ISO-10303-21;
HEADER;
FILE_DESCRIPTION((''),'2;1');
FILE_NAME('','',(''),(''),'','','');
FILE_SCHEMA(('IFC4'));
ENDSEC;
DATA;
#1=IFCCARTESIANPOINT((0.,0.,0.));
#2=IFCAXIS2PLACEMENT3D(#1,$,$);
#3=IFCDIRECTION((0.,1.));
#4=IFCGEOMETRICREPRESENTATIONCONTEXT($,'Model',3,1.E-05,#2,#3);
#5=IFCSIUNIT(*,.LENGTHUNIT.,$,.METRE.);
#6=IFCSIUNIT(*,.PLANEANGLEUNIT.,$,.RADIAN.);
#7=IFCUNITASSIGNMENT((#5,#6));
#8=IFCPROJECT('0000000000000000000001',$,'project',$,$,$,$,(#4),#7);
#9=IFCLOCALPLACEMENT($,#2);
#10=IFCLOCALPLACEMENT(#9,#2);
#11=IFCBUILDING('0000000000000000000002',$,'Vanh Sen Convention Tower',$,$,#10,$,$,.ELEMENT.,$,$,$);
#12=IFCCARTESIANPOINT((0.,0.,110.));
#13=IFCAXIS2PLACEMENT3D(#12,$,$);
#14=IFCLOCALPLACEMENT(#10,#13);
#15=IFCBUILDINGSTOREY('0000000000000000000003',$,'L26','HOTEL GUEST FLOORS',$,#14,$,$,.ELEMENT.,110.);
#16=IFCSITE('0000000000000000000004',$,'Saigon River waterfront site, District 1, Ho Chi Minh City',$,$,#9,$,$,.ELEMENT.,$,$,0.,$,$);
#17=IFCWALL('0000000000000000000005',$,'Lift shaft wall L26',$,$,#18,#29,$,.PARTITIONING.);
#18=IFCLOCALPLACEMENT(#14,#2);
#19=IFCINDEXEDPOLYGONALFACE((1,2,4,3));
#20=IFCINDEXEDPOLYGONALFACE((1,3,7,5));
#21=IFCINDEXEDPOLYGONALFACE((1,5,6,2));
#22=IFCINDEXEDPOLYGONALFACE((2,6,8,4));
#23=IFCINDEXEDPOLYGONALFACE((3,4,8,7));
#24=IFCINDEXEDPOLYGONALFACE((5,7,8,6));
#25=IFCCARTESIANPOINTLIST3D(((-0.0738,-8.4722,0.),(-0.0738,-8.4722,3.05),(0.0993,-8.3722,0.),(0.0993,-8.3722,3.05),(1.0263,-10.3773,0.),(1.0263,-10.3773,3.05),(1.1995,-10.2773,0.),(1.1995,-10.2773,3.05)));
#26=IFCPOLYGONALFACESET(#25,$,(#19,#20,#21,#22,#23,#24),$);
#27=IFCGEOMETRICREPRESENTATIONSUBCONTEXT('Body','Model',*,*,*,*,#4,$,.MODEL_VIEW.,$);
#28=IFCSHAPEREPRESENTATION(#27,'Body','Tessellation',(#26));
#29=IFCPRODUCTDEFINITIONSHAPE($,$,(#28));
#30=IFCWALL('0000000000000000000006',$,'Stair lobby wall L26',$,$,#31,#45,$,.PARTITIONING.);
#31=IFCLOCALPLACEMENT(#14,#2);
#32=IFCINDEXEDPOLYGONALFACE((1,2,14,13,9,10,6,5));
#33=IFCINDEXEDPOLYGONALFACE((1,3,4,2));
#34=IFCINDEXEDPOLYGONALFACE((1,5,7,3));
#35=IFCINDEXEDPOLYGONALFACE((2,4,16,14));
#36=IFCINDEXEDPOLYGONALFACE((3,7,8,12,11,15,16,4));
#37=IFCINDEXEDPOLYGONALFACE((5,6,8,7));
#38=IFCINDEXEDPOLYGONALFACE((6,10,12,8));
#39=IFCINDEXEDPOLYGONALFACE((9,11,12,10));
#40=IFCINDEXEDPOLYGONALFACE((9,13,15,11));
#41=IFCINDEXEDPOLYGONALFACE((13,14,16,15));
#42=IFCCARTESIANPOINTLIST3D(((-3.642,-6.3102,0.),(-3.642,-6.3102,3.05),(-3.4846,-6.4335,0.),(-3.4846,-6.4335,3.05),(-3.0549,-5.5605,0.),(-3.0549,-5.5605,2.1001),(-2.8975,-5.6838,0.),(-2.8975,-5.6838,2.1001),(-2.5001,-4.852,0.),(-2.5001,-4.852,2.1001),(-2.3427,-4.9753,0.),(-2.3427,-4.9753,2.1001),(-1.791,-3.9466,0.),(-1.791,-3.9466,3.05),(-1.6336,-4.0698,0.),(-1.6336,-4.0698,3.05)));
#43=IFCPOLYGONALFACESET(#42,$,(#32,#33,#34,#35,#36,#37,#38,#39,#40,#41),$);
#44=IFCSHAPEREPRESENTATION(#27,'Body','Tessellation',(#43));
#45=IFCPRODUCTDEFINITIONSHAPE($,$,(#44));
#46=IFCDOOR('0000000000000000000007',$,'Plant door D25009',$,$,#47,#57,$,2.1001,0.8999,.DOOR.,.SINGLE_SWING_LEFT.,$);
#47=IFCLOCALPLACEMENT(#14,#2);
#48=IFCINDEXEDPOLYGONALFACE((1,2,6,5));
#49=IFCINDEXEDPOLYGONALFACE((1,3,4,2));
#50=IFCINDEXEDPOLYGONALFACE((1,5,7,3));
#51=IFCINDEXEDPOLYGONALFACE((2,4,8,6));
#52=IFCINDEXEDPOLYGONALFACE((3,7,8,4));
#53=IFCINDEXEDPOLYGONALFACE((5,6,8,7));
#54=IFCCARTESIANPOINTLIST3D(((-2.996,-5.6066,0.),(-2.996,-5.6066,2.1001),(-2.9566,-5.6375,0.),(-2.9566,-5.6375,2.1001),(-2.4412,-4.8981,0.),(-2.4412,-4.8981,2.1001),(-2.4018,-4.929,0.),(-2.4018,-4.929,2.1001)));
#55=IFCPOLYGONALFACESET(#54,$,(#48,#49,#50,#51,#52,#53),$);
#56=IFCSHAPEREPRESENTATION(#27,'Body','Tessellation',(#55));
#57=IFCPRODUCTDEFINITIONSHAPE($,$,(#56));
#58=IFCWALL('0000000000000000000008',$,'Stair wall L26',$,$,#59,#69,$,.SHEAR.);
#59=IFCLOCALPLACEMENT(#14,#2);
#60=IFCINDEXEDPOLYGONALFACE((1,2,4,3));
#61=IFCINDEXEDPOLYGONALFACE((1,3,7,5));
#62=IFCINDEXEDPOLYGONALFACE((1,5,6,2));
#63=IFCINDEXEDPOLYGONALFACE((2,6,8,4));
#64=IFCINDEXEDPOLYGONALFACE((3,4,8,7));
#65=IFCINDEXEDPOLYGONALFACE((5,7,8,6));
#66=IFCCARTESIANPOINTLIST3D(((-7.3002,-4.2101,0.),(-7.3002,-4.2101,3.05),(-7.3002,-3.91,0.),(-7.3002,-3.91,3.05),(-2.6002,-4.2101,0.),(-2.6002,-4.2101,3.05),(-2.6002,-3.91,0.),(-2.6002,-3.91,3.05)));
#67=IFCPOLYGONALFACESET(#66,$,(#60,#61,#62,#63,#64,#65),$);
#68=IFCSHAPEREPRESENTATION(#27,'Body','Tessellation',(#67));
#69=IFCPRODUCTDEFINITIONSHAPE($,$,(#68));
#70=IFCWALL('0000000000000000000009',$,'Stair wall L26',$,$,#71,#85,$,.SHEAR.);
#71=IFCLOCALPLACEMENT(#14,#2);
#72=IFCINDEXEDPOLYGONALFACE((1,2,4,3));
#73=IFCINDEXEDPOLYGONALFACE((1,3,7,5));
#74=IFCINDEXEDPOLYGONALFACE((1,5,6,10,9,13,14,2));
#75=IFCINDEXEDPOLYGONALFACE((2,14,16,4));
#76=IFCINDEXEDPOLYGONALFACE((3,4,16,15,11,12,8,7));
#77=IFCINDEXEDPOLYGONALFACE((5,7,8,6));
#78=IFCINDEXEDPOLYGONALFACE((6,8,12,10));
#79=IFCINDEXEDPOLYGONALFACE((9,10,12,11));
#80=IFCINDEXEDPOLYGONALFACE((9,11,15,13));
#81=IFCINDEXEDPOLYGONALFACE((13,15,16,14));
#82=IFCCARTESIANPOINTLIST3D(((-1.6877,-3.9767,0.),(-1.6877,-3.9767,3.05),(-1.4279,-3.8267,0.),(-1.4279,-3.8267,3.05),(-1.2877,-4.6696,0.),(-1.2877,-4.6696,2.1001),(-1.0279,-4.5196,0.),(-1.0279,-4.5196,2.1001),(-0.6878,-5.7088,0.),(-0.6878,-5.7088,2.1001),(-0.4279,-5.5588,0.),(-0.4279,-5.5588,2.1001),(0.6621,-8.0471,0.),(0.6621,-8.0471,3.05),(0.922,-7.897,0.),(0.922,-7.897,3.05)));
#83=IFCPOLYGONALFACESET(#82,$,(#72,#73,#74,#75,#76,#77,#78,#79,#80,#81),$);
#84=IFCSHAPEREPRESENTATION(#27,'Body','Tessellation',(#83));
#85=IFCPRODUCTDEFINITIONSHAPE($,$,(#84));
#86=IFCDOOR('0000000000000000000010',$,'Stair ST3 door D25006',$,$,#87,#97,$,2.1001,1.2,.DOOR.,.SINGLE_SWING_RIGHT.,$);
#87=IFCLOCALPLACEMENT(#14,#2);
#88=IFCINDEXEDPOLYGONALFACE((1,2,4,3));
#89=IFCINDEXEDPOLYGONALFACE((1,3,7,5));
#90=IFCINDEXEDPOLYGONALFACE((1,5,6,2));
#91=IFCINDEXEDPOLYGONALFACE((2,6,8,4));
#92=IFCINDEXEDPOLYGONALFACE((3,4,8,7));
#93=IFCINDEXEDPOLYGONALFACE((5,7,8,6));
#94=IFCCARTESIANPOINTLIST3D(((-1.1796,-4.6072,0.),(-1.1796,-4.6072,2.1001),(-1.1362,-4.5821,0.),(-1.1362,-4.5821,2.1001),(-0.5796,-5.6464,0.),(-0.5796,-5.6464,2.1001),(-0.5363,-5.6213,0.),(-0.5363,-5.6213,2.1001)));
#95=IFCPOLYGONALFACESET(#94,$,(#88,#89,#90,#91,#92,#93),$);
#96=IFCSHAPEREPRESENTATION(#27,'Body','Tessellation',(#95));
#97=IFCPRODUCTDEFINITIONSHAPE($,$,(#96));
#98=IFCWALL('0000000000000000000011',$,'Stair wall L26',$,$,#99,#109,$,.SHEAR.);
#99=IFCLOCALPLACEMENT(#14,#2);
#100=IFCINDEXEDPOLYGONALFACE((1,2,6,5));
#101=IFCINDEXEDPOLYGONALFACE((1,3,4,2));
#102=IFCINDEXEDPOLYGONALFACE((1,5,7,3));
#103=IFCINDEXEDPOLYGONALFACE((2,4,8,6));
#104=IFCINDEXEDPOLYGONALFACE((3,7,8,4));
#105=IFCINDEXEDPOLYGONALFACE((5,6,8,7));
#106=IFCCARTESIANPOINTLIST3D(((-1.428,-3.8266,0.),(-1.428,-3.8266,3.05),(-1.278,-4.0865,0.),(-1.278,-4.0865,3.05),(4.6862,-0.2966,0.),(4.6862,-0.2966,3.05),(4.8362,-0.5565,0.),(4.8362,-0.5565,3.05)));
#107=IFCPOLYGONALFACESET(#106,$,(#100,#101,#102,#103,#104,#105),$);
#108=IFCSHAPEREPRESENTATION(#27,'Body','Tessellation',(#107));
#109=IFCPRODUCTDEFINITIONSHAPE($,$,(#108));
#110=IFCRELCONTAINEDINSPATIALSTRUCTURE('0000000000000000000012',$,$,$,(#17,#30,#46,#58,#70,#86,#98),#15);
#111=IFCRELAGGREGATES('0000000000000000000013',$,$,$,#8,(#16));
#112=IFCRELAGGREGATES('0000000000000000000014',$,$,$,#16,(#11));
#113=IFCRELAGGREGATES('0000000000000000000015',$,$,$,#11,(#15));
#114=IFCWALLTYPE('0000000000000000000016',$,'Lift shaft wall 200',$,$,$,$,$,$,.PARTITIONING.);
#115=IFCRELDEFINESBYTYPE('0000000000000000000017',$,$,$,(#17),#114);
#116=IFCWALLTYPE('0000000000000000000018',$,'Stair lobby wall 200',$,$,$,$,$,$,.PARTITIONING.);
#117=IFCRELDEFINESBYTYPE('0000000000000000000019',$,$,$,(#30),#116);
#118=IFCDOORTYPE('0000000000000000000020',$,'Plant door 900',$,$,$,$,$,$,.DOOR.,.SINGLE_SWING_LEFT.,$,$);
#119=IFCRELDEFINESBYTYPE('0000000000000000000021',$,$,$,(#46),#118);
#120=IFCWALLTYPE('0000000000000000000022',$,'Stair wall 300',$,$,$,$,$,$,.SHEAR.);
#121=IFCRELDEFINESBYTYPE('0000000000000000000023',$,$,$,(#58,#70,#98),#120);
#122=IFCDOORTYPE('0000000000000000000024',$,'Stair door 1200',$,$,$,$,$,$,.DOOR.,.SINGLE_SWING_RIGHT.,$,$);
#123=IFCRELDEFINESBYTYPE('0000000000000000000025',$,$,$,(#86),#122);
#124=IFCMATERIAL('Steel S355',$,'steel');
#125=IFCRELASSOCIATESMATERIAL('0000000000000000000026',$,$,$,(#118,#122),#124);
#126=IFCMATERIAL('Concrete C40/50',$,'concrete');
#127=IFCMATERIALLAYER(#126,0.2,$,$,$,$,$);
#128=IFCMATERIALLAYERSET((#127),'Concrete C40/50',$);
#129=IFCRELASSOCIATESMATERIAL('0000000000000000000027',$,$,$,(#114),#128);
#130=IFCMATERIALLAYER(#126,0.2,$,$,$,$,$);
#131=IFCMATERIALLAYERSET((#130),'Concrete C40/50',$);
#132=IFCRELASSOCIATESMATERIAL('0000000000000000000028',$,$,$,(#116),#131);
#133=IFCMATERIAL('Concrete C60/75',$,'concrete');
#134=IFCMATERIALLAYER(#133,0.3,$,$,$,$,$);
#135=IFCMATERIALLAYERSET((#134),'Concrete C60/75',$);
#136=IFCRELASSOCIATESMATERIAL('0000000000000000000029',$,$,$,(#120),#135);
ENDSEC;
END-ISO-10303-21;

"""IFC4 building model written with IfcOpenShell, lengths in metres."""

from ifc_helpers import new_model, si_unit, direction, frame, frame_2d, origin, place, context, subcontext, project, spatial, rectangle, extrude, material, layer, layer_set, type_object, element, fill, save


model = new_model("IFC4")

# Units and contexts
model_context = context("Model", 3, precision=1e-05, world=origin(), true_north=direction((0.0, 1.0)))
body_context = subcontext(model_context, "Body", "Model", "MODEL_VIEW")
ifc_project = project(units=[si_unit("LENGTHUNIT", "METRE"), si_unit("PLANEANGLEUNIT", "RADIAN")], contexts=[model_context])

# Site, building, storey
site_placement = place(None, origin())
site = spatial("IfcSite", under=ifc_project, at=site_placement, Name="Saigon River waterfront site, District 1, Ho Chi Minh City", CompositionType="ELEMENT", RefElevation=0.0)
building_placement = place(site_placement, origin())
building = spatial("IfcBuilding", under=site, at=building_placement, Name="Vanh Sen Convention Tower", CompositionType="ELEMENT")
storey_placement = place(building_placement, frame((0.0, 0.0, 110.0)))
storey = spatial("IfcBuildingStorey", under=building, at=storey_placement, Name="L26", Description="HOTEL GUEST FLOORS", CompositionType="ELEMENT", Elevation=110.0)

# Shared definitions
ifc_material_1 = material(Name="Concrete C40/50", Category="concrete")

# Shared definitions
ifc_material_2 = material(Name="Steel S355", Category="steel")
door_type_1 = type_object("IfcDoorType", Name="Plant door 900", OperationType="SINGLE_SWING_LEFT", PredefinedType="DOOR", material=ifc_material_2)

# Wall
ifc_layer_1 = layer(ifc_material_1, 0.2)
ifc_layer_set_1 = layer_set([ifc_layer_1], Name="Concrete C40/50")
wall_type_1 = type_object("IfcWallType", Name="Lift shaft wall 200", PredefinedType="PARTITIONING", material=ifc_layer_set_1)
wall_1_placement = place(storey_placement, frame((0.0127, -8.4221, 0.0), z_axis=(0.0, 0.0, 1.0), x_axis=(0.500078, -0.86598, 0.0)))
element("IfcWall", 1, at=wall_1_placement, inside=storey, type_object=wall_type_1, Name="Lift shaft wall L26", PredefinedType="PARTITIONING", context=body_context, shape_type="SweptSolid", body=[
    extrude(rectangle(XDim=2.2, YDim=0.2, at=frame_2d((1.1001, 0.0))), origin(), (0.0, 0.0, 1.0), 3.05),
])

# Wall, opening, door
ifc_layer_2 = layer(ifc_material_1, 0.2)
ifc_layer_set_2 = layer_set([ifc_layer_2], Name="Concrete C40/50")
wall_type_2 = type_object("IfcWallType", Name="Stair lobby wall 200", PredefinedType="PARTITIONING", material=ifc_layer_set_2)
wall_2_placement = place(storey_placement, frame((-1.7124, -4.0083, 0.0), z_axis=(0.0, 0.0, 1.0), x_axis=(-0.616549, -0.787316, 0.0)))
wall_2 = element("IfcWall", 2, at=wall_2_placement, inside=storey, type_object=wall_type_2, Name="Stair lobby wall L26", PredefinedType="PARTITIONING", context=body_context, shape_type="SweptSolid", body=[
    extrude(rectangle(XDim=3.0022, YDim=0.2, at=frame_2d((1.501, 0.0))), origin(), (0.0, 0.0, 1.0), 3.05),
])
opening_1_placement = place(wall_2_placement, frame((1.1499, 0.0, 0.0)))
opening_1 = element("IfcOpeningElement", 3, at=opening_1_placement, cuts=wall_2, PredefinedType="OPENING", context=body_context, shape_type="SweptSolid", body=[
    extrude(rectangle(XDim=0.8999, YDim=2.1001, at=frame_2d((0.45, 1.05))), frame((0.0, 0.1099, 0.0), z_axis=(0.0, -1.0, 0.0), x_axis=(1.0, 0.0, 0.0)), (0.0, 0.0, 1.0), 0.22),
])
door_1_placement = place(opening_1_placement, origin())
door_1 = element("IfcDoor", 4, at=door_1_placement, inside=storey, type_object=door_type_1, Name="Plant door D25009", OperationType="SINGLE_SWING_LEFT", OverallHeight=2.1001, OverallWidth=0.8999, PredefinedType="DOOR", context=body_context, shape_type="SweptSolid", body=[
    extrude(rectangle(XDim=0.8999, YDim=2.1001, at=frame_2d((0.45, 1.05))), frame((0.0, 0.0249, 0.0), z_axis=(0.0, -1.0, 0.0), x_axis=(1.0, 0.0, 0.0)), (0.0, 0.0, 1.0), 0.05),
])
fill(opening_1, door_1)

# Wall
ifc_material_3 = material(Name="Concrete C60/75", Category="concrete")
ifc_layer_3 = layer(ifc_material_3, 0.3)
ifc_layer_set_3 = layer_set([ifc_layer_3], Name="Concrete C60/75")
wall_type_3 = type_object("IfcWallType", Name="Stair wall 300", PredefinedType="SHEAR", material=ifc_layer_set_3)
wall_3_placement = place(storey_placement, frame((-2.6001, -4.0601, 0.0), z_axis=(0.0, 0.0, 1.0), x_axis=(-1.0, 0.0, 0.0)))
element("IfcWall", 5, at=wall_3_placement, inside=storey, type_object=wall_type_3, Name="Stair wall L26", PredefinedType="SHEAR", context=body_context, shape_type="SweptSolid", body=[
    extrude(rectangle(XDim=4.7, YDim=0.3, at=frame_2d((2.3501, 0.0))), origin(), (0.0, 0.0, 1.0), 3.05),
])

# Wall, opening, door
wall_4_placement = place(storey_placement, frame((-1.5579, -3.9016, 0.0), z_axis=(0.0, 0.0, 1.0), x_axis=(0.499977, -0.866039, 0.0)))
wall_4 = element("IfcWall", 6, at=wall_4_placement, inside=storey, type_object=wall_type_3, Name="Stair wall L26", PredefinedType="SHEAR", context=body_context, shape_type="SweptSolid", body=[
    extrude(rectangle(XDim=4.7, YDim=0.3, at=frame_2d((2.3501, 0.0))), origin(), (0.0, 0.0, 1.0), 3.05),
])
opening_2_placement = place(wall_4_placement, frame((0.8, 0.0, 0.0)))
opening_2 = element("IfcOpeningElement", 7, at=opening_2_placement, cuts=wall_4, PredefinedType="OPENING", context=body_context, shape_type="SweptSolid", body=[
    extrude(rectangle(XDim=1.2, YDim=2.1001, at=frame_2d((0.6001, 1.05))), frame((0.0, 0.1599, 0.0), z_axis=(0.0, -1.0, 0.0), x_axis=(1.0, 0.0, 0.0)), (0.0, 0.0, 1.0), 0.3201),
])
door_type_2 = type_object("IfcDoorType", Name="Stair door 1200", OperationType="SINGLE_SWING_RIGHT", PredefinedType="DOOR", material=ifc_material_2)
door_2_placement = place(opening_2_placement, origin())
door_2 = element("IfcDoor", 8, at=door_2_placement, inside=storey, type_object=door_type_2, Name="Stair ST3 door D25006", OperationType="SINGLE_SWING_RIGHT", OverallHeight=2.1001, OverallWidth=1.2, PredefinedType="DOOR", context=body_context, shape_type="SweptSolid", body=[
    extrude(rectangle(XDim=1.2, YDim=2.1001, at=frame_2d((0.6001, 1.05))), frame((0.0, 0.0249, 0.0), z_axis=(0.0, -1.0, 0.0), x_axis=(1.0, 0.0, 0.0)), (0.0, 0.0, 1.0), 0.05),
])
fill(opening_2, door_2)

# Wall
wall_5_placement = place(storey_placement, frame((-1.353, -3.9565, 0.0), z_axis=(0.0, 0.0, 1.0), x_axis=(0.866028, 0.499996, 0.0)))
element("IfcWall", 9, at=wall_5_placement, inside=storey, type_object=wall_type_3, Name="Stair wall L26", PredefinedType="SHEAR", context=body_context, shape_type="SweptSolid", body=[
    extrude(rectangle(XDim=7.0601, YDim=0.3, at=frame_2d((3.53, 0.0))), origin(), (0.0, 0.0, 1.0), 3.05),
])

save(model, "model.ifc")
